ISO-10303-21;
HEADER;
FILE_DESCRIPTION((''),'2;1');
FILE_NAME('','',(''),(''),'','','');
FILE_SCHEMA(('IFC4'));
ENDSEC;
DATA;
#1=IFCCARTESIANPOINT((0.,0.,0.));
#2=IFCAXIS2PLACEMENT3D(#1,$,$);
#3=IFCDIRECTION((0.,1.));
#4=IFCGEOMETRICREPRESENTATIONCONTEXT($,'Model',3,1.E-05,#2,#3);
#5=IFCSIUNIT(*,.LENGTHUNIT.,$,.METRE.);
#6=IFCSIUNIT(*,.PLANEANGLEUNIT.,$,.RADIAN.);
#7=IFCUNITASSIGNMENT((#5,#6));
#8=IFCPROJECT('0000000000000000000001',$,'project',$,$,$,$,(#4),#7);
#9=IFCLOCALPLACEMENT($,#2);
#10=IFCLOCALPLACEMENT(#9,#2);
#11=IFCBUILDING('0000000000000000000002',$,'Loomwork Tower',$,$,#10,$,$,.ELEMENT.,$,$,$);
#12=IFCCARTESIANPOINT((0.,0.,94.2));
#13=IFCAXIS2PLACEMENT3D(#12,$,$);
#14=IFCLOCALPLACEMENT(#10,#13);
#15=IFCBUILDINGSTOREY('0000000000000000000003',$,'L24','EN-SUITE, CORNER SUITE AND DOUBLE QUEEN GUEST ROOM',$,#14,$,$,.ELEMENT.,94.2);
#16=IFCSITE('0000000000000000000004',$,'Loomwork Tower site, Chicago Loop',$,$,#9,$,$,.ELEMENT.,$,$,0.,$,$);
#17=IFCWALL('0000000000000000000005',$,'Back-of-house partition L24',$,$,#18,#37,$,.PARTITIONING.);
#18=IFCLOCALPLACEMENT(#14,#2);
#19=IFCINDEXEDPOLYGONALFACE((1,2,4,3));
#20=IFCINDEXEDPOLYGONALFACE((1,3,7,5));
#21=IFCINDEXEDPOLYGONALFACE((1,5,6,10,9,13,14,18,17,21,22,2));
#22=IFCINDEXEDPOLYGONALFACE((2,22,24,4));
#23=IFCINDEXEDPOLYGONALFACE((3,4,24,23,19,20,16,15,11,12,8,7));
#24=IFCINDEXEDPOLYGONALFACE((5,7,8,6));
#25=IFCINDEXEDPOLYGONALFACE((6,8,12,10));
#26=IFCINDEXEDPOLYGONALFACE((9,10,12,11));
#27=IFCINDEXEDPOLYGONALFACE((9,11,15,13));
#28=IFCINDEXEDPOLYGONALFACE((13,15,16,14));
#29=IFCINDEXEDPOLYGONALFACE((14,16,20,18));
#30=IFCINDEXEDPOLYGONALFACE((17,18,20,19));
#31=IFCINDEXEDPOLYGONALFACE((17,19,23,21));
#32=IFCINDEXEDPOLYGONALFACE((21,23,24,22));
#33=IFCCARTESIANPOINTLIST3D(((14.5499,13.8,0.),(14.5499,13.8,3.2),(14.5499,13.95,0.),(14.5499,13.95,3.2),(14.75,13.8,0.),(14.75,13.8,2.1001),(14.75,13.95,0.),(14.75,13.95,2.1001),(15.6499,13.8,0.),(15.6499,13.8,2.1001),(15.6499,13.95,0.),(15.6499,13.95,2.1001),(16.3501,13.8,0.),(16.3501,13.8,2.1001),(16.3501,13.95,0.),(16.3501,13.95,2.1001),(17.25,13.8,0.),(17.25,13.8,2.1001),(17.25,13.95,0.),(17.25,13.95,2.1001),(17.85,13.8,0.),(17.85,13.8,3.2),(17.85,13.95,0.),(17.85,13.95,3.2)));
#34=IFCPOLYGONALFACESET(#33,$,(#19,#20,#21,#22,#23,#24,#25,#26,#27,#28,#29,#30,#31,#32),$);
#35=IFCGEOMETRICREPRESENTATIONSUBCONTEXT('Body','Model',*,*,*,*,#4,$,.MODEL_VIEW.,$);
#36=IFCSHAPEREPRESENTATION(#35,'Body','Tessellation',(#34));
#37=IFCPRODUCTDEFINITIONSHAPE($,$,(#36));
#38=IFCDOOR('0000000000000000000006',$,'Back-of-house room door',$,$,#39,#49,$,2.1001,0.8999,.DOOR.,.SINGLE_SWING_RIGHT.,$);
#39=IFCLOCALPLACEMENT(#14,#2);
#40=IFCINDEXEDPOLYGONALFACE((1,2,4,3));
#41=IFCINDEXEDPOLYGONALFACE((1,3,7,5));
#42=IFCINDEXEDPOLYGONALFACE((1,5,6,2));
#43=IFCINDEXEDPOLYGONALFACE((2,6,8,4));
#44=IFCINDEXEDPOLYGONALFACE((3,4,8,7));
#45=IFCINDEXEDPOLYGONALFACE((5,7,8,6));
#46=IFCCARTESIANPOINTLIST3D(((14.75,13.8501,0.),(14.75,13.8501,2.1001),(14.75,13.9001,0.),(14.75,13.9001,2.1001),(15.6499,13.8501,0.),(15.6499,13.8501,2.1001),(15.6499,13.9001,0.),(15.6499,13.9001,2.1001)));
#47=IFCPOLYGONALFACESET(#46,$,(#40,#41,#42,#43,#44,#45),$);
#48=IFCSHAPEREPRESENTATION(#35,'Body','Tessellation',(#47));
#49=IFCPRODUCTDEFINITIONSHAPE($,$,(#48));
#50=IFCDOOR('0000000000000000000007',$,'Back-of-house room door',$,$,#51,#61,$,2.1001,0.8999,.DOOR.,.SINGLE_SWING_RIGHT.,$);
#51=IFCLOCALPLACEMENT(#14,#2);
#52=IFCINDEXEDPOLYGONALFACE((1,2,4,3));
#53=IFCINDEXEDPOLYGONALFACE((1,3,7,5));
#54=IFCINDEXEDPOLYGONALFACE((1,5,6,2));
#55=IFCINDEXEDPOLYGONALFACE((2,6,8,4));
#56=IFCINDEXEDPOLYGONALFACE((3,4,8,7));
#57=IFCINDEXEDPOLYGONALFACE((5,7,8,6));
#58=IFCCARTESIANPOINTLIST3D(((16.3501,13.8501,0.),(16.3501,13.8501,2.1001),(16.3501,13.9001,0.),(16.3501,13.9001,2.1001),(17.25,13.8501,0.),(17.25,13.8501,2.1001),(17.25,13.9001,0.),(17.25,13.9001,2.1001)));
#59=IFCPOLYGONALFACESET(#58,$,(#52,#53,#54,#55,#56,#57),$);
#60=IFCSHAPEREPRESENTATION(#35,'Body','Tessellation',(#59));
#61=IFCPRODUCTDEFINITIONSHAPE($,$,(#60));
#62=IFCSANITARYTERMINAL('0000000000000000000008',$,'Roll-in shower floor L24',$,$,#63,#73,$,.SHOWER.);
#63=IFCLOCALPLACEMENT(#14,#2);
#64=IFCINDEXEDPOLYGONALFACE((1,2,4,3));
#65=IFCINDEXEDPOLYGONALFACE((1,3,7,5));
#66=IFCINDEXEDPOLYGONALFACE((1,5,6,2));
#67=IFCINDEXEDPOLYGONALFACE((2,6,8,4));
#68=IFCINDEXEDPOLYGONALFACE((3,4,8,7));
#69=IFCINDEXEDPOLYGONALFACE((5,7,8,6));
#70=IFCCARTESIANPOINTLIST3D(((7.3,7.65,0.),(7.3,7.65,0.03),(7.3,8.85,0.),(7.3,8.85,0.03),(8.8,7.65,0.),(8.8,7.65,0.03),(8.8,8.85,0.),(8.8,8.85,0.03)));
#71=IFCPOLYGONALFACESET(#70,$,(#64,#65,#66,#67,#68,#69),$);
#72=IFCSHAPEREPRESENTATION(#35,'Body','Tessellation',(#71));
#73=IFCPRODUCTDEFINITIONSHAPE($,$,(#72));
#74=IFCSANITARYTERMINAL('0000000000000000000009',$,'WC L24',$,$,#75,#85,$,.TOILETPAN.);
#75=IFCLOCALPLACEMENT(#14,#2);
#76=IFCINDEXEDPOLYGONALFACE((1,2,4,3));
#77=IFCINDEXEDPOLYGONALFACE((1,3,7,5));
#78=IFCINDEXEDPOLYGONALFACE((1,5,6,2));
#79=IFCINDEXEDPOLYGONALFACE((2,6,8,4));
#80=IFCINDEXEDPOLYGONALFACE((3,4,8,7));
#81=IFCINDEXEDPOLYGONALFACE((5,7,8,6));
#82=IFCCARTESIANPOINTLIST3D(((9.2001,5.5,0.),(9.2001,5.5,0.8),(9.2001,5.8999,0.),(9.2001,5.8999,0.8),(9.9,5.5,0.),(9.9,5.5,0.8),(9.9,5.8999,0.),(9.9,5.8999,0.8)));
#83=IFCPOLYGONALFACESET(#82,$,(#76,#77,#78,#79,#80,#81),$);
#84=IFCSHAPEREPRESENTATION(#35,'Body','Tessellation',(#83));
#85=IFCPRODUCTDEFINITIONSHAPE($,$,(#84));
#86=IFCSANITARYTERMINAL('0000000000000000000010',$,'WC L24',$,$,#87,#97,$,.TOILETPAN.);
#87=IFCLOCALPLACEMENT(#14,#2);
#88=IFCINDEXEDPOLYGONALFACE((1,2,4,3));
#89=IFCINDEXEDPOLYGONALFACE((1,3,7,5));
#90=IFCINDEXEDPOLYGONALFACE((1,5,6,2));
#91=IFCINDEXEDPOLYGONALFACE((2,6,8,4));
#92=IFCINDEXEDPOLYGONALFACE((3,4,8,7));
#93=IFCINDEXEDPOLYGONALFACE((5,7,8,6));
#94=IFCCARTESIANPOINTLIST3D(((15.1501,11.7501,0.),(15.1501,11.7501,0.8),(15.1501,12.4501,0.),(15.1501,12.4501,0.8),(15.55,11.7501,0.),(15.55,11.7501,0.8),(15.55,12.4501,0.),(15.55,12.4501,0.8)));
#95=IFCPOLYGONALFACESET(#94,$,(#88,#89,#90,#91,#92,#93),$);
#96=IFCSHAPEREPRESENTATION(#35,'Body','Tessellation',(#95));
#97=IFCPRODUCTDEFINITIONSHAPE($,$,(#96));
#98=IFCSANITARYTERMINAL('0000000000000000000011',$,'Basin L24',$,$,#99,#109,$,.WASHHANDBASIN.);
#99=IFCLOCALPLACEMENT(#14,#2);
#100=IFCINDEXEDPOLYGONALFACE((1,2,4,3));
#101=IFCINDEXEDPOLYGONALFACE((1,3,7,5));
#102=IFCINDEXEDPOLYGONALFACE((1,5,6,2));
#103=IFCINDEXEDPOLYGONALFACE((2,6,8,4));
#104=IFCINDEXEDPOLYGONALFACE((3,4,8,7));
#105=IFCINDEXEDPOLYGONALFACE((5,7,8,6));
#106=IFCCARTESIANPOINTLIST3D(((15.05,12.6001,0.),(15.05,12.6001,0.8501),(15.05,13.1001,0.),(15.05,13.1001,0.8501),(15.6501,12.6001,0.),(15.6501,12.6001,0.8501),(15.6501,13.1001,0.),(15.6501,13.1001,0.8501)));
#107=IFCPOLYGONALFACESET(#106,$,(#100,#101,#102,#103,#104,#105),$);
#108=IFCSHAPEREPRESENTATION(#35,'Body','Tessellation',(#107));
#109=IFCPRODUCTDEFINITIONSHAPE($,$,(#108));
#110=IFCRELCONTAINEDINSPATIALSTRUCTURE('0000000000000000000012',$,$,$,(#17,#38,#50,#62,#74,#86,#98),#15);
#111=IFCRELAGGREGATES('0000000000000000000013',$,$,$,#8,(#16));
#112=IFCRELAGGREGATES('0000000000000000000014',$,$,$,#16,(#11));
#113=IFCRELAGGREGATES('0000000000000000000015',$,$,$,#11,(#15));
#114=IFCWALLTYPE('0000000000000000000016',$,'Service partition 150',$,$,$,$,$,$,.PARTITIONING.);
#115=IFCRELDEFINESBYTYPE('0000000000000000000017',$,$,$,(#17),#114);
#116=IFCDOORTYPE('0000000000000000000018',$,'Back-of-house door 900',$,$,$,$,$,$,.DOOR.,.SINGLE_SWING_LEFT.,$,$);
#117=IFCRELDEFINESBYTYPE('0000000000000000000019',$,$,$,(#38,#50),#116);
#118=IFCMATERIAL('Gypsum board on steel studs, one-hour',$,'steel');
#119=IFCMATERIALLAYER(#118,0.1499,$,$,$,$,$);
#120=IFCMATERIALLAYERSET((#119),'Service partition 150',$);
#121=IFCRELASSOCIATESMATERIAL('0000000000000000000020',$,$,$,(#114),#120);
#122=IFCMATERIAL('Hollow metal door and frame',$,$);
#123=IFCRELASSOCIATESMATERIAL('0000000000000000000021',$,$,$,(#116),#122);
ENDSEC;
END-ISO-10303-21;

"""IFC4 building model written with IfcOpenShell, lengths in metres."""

from ifc_helpers import new_model, si_unit, direction, frame, frame_2d, origin, origin_2d, place, context, subcontext, project, spatial, rectangle, extrude, material, layer, layer_set, type_object, element, fill, save


model = new_model("IFC4")

# Units and contexts
model_context = context("Model", 3, precision=1e-05, world=origin(), true_north=direction((0.0, 1.0)))
body_context = subcontext(model_context, "Body", "Model", "MODEL_VIEW")
ifc_project = project(units=[si_unit("LENGTHUNIT", "METRE"), si_unit("PLANEANGLEUNIT", "RADIAN")], contexts=[model_context])

# Site, building, storey
site_placement = place(None, origin())
site = spatial("IfcSite", under=ifc_project, at=site_placement, Name="Loomwork Tower site, Chicago Loop", CompositionType="ELEMENT", RefElevation=0.0)
building_placement = place(site_placement, origin())
building = spatial("IfcBuilding", under=site, at=building_placement, Name="Loomwork Tower", CompositionType="ELEMENT")
storey_placement = place(building_placement, frame((0.0, 0.0, 94.2)))
storey = spatial("IfcBuildingStorey", under=building, at=storey_placement, Name="L24", Description="EN-SUITE, CORNER SUITE AND DOUBLE QUEEN GUEST ROOM", CompositionType="ELEMENT", Elevation=94.2)

# Wall, openings, doors
ifc_material_1 = material(Name="Gypsum board on steel studs, one-hour", Category="steel")
ifc_layer_1 = layer(ifc_material_1, 0.1499)
ifc_layer_set_1 = layer_set([ifc_layer_1], Name="Service partition 150")
wall_type_1 = type_object("IfcWallType", Name="Service partition 150", PredefinedType="PARTITIONING", material=ifc_layer_set_1)
wall_1_placement = place(storey_placement, frame((14.55, 13.875, 0.0), z_axis=(0.0, 0.0, 1.0), x_axis=(1.0, 0.0, 0.0)))
wall_1 = element("IfcWall", 1, at=wall_1_placement, inside=storey, type_object=wall_type_1, Name="Back-of-house partition L24", PredefinedType="PARTITIONING", context=body_context, shape_type="SweptSolid", body=[
    extrude(rectangle(XDim=3.3, YDim=0.1499, at=frame_2d((1.6499, 0.0))), origin(), (0.0, 0.0, 1.0), 3.2),
])
opening_1_placement = place(wall_1_placement, frame((0.2, 0.0, 0.0)))
opening_1 = element("IfcOpeningElement", 2, at=opening_1_placement, cuts=wall_1, PredefinedType="OPENING", context=body_context, shape_type="SweptSolid", body=[
    extrude(rectangle(XDim=0.8999, YDim=2.1001, at=frame_2d((0.45, 1.05))), frame((0.0, 0.085, 0.0), z_axis=(0.0, -1.0, 0.0), x_axis=(1.0, 0.0, 0.0)), (0.0, 0.0, 1.0), 0.1699),
])
opening_2_placement = place(wall_1_placement, frame((1.8, 0.0, 0.0)))
opening_2 = element("IfcOpeningElement", 3, at=opening_2_placement, cuts=wall_1, PredefinedType="OPENING", context=body_context, shape_type="SweptSolid", body=[
    extrude(rectangle(XDim=0.8999, YDim=2.1001, at=frame_2d((0.45, 1.05))), frame((0.0, 0.085, 0.0), z_axis=(0.0, -1.0, 0.0), x_axis=(1.0, 0.0, 0.0)), (0.0, 0.0, 1.0), 0.1699),
])
ifc_material_2 = material(Name="Hollow metal door and frame")
door_type_1 = type_object("IfcDoorType", Name="Back-of-house door 900", OperationType="SINGLE_SWING_LEFT", PredefinedType="DOOR", material=ifc_material_2)
door_1_placement = place(opening_1_placement, frame((0.8999, 0.0, 0.0), z_axis=(0.0, 0.0, 1.0), x_axis=(-1.0, 0.0, 0.0)))
door_1 = element("IfcDoor", 4, at=door_1_placement, inside=storey, type_object=door_type_1, Name="Back-of-house room door", OperationType="SINGLE_SWING_RIGHT", OverallHeight=2.1001, OverallWidth=0.8999, PredefinedType="DOOR", context=body_context, shape_type="SweptSolid", body=[
    extrude(rectangle(XDim=0.8999, YDim=2.1001, at=frame_2d((0.45, 1.05))), frame((0.0, 0.0249, 0.0), z_axis=(0.0, -1.0, 0.0), x_axis=(1.0, 0.0, 0.0)), (0.0, 0.0, 1.0), 0.05),
])
fill(opening_1, door_1)
door_2_placement = place(opening_2_placement, frame((0.8999, 0.0, 0.0), z_axis=(0.0, 0.0, 1.0), x_axis=(-1.0, 0.0, 0.0)))
door_2 = element("IfcDoor", 5, at=door_2_placement, inside=storey, type_object=door_type_1, Name="Back-of-house room door", OperationType="SINGLE_SWING_RIGHT", OverallHeight=2.1001, OverallWidth=0.8999, PredefinedType="DOOR", context=body_context, shape_type="SweptSolid", body=[
    extrude(rectangle(XDim=0.8999, YDim=2.1001, at=frame_2d((0.45, 1.05))), frame((0.0, 0.0249, 0.0), z_axis=(0.0, -1.0, 0.0), x_axis=(1.0, 0.0, 0.0)), (0.0, 0.0, 1.0), 0.05),
])
fill(opening_2, door_2)

# Sanitary terminals
sanitary_terminal_1_placement = place(storey_placement, frame((8.05, 8.25, 0.0), z_axis=(0.0, 0.0, 1.0), x_axis=(1.0, 0.0, 0.0)))
element("IfcSanitaryTerminal", 6, at=sanitary_terminal_1_placement, inside=storey, Name="Roll-in shower floor L24", PredefinedType="SHOWER", context=body_context, shape_type="SweptSolid", body=[
    extrude(rectangle(XDim=1.5, YDim=1.2, at=origin_2d()), origin(), (0.0, 0.0, 1.0), 0.03),
])
sanitary_terminal_2_placement = place(storey_placement, frame((9.55, 5.7, 0.0), z_axis=(0.0, 0.0, 1.0), x_axis=(1.0, 0.0, 0.0)))
element("IfcSanitaryTerminal", 7, at=sanitary_terminal_2_placement, inside=storey, Name="WC L24", PredefinedType="TOILETPAN", context=body_context, shape_type="SweptSolid", body=[
    extrude(rectangle(XDim=0.7, YDim=0.3999, at=origin_2d()), origin(), (0.0, 0.0, 1.0), 0.8),
])
sanitary_terminal_3_placement = place(storey_placement, frame((15.3501, 12.1001, 0.0), z_axis=(0.0, 0.0, 1.0), x_axis=(1.0, 0.0, 0.0)))
element("IfcSanitaryTerminal", 8, at=sanitary_terminal_3_placement, inside=storey, Name="WC L24", PredefinedType="TOILETPAN", context=body_context, shape_type="SweptSolid", body=[
    extrude(rectangle(XDim=0.3999, YDim=0.7, at=origin_2d()), origin(), (0.0, 0.0, 1.0), 0.8),
])
sanitary_terminal_4_placement = place(storey_placement, frame((15.3501, 12.8501, 0.0), z_axis=(0.0, 0.0, 1.0), x_axis=(1.0, 0.0, 0.0)))
element("IfcSanitaryTerminal", 9, at=sanitary_terminal_4_placement, inside=storey, Name="Basin L24", PredefinedType="WASHHANDBASIN", context=body_context, shape_type="SweptSolid", body=[
    extrude(rectangle(XDim=0.6001, YDim=0.5, at=origin_2d()), origin(), (0.0, 0.0, 1.0), 0.8501),
])

save(model, "model.ifc")
